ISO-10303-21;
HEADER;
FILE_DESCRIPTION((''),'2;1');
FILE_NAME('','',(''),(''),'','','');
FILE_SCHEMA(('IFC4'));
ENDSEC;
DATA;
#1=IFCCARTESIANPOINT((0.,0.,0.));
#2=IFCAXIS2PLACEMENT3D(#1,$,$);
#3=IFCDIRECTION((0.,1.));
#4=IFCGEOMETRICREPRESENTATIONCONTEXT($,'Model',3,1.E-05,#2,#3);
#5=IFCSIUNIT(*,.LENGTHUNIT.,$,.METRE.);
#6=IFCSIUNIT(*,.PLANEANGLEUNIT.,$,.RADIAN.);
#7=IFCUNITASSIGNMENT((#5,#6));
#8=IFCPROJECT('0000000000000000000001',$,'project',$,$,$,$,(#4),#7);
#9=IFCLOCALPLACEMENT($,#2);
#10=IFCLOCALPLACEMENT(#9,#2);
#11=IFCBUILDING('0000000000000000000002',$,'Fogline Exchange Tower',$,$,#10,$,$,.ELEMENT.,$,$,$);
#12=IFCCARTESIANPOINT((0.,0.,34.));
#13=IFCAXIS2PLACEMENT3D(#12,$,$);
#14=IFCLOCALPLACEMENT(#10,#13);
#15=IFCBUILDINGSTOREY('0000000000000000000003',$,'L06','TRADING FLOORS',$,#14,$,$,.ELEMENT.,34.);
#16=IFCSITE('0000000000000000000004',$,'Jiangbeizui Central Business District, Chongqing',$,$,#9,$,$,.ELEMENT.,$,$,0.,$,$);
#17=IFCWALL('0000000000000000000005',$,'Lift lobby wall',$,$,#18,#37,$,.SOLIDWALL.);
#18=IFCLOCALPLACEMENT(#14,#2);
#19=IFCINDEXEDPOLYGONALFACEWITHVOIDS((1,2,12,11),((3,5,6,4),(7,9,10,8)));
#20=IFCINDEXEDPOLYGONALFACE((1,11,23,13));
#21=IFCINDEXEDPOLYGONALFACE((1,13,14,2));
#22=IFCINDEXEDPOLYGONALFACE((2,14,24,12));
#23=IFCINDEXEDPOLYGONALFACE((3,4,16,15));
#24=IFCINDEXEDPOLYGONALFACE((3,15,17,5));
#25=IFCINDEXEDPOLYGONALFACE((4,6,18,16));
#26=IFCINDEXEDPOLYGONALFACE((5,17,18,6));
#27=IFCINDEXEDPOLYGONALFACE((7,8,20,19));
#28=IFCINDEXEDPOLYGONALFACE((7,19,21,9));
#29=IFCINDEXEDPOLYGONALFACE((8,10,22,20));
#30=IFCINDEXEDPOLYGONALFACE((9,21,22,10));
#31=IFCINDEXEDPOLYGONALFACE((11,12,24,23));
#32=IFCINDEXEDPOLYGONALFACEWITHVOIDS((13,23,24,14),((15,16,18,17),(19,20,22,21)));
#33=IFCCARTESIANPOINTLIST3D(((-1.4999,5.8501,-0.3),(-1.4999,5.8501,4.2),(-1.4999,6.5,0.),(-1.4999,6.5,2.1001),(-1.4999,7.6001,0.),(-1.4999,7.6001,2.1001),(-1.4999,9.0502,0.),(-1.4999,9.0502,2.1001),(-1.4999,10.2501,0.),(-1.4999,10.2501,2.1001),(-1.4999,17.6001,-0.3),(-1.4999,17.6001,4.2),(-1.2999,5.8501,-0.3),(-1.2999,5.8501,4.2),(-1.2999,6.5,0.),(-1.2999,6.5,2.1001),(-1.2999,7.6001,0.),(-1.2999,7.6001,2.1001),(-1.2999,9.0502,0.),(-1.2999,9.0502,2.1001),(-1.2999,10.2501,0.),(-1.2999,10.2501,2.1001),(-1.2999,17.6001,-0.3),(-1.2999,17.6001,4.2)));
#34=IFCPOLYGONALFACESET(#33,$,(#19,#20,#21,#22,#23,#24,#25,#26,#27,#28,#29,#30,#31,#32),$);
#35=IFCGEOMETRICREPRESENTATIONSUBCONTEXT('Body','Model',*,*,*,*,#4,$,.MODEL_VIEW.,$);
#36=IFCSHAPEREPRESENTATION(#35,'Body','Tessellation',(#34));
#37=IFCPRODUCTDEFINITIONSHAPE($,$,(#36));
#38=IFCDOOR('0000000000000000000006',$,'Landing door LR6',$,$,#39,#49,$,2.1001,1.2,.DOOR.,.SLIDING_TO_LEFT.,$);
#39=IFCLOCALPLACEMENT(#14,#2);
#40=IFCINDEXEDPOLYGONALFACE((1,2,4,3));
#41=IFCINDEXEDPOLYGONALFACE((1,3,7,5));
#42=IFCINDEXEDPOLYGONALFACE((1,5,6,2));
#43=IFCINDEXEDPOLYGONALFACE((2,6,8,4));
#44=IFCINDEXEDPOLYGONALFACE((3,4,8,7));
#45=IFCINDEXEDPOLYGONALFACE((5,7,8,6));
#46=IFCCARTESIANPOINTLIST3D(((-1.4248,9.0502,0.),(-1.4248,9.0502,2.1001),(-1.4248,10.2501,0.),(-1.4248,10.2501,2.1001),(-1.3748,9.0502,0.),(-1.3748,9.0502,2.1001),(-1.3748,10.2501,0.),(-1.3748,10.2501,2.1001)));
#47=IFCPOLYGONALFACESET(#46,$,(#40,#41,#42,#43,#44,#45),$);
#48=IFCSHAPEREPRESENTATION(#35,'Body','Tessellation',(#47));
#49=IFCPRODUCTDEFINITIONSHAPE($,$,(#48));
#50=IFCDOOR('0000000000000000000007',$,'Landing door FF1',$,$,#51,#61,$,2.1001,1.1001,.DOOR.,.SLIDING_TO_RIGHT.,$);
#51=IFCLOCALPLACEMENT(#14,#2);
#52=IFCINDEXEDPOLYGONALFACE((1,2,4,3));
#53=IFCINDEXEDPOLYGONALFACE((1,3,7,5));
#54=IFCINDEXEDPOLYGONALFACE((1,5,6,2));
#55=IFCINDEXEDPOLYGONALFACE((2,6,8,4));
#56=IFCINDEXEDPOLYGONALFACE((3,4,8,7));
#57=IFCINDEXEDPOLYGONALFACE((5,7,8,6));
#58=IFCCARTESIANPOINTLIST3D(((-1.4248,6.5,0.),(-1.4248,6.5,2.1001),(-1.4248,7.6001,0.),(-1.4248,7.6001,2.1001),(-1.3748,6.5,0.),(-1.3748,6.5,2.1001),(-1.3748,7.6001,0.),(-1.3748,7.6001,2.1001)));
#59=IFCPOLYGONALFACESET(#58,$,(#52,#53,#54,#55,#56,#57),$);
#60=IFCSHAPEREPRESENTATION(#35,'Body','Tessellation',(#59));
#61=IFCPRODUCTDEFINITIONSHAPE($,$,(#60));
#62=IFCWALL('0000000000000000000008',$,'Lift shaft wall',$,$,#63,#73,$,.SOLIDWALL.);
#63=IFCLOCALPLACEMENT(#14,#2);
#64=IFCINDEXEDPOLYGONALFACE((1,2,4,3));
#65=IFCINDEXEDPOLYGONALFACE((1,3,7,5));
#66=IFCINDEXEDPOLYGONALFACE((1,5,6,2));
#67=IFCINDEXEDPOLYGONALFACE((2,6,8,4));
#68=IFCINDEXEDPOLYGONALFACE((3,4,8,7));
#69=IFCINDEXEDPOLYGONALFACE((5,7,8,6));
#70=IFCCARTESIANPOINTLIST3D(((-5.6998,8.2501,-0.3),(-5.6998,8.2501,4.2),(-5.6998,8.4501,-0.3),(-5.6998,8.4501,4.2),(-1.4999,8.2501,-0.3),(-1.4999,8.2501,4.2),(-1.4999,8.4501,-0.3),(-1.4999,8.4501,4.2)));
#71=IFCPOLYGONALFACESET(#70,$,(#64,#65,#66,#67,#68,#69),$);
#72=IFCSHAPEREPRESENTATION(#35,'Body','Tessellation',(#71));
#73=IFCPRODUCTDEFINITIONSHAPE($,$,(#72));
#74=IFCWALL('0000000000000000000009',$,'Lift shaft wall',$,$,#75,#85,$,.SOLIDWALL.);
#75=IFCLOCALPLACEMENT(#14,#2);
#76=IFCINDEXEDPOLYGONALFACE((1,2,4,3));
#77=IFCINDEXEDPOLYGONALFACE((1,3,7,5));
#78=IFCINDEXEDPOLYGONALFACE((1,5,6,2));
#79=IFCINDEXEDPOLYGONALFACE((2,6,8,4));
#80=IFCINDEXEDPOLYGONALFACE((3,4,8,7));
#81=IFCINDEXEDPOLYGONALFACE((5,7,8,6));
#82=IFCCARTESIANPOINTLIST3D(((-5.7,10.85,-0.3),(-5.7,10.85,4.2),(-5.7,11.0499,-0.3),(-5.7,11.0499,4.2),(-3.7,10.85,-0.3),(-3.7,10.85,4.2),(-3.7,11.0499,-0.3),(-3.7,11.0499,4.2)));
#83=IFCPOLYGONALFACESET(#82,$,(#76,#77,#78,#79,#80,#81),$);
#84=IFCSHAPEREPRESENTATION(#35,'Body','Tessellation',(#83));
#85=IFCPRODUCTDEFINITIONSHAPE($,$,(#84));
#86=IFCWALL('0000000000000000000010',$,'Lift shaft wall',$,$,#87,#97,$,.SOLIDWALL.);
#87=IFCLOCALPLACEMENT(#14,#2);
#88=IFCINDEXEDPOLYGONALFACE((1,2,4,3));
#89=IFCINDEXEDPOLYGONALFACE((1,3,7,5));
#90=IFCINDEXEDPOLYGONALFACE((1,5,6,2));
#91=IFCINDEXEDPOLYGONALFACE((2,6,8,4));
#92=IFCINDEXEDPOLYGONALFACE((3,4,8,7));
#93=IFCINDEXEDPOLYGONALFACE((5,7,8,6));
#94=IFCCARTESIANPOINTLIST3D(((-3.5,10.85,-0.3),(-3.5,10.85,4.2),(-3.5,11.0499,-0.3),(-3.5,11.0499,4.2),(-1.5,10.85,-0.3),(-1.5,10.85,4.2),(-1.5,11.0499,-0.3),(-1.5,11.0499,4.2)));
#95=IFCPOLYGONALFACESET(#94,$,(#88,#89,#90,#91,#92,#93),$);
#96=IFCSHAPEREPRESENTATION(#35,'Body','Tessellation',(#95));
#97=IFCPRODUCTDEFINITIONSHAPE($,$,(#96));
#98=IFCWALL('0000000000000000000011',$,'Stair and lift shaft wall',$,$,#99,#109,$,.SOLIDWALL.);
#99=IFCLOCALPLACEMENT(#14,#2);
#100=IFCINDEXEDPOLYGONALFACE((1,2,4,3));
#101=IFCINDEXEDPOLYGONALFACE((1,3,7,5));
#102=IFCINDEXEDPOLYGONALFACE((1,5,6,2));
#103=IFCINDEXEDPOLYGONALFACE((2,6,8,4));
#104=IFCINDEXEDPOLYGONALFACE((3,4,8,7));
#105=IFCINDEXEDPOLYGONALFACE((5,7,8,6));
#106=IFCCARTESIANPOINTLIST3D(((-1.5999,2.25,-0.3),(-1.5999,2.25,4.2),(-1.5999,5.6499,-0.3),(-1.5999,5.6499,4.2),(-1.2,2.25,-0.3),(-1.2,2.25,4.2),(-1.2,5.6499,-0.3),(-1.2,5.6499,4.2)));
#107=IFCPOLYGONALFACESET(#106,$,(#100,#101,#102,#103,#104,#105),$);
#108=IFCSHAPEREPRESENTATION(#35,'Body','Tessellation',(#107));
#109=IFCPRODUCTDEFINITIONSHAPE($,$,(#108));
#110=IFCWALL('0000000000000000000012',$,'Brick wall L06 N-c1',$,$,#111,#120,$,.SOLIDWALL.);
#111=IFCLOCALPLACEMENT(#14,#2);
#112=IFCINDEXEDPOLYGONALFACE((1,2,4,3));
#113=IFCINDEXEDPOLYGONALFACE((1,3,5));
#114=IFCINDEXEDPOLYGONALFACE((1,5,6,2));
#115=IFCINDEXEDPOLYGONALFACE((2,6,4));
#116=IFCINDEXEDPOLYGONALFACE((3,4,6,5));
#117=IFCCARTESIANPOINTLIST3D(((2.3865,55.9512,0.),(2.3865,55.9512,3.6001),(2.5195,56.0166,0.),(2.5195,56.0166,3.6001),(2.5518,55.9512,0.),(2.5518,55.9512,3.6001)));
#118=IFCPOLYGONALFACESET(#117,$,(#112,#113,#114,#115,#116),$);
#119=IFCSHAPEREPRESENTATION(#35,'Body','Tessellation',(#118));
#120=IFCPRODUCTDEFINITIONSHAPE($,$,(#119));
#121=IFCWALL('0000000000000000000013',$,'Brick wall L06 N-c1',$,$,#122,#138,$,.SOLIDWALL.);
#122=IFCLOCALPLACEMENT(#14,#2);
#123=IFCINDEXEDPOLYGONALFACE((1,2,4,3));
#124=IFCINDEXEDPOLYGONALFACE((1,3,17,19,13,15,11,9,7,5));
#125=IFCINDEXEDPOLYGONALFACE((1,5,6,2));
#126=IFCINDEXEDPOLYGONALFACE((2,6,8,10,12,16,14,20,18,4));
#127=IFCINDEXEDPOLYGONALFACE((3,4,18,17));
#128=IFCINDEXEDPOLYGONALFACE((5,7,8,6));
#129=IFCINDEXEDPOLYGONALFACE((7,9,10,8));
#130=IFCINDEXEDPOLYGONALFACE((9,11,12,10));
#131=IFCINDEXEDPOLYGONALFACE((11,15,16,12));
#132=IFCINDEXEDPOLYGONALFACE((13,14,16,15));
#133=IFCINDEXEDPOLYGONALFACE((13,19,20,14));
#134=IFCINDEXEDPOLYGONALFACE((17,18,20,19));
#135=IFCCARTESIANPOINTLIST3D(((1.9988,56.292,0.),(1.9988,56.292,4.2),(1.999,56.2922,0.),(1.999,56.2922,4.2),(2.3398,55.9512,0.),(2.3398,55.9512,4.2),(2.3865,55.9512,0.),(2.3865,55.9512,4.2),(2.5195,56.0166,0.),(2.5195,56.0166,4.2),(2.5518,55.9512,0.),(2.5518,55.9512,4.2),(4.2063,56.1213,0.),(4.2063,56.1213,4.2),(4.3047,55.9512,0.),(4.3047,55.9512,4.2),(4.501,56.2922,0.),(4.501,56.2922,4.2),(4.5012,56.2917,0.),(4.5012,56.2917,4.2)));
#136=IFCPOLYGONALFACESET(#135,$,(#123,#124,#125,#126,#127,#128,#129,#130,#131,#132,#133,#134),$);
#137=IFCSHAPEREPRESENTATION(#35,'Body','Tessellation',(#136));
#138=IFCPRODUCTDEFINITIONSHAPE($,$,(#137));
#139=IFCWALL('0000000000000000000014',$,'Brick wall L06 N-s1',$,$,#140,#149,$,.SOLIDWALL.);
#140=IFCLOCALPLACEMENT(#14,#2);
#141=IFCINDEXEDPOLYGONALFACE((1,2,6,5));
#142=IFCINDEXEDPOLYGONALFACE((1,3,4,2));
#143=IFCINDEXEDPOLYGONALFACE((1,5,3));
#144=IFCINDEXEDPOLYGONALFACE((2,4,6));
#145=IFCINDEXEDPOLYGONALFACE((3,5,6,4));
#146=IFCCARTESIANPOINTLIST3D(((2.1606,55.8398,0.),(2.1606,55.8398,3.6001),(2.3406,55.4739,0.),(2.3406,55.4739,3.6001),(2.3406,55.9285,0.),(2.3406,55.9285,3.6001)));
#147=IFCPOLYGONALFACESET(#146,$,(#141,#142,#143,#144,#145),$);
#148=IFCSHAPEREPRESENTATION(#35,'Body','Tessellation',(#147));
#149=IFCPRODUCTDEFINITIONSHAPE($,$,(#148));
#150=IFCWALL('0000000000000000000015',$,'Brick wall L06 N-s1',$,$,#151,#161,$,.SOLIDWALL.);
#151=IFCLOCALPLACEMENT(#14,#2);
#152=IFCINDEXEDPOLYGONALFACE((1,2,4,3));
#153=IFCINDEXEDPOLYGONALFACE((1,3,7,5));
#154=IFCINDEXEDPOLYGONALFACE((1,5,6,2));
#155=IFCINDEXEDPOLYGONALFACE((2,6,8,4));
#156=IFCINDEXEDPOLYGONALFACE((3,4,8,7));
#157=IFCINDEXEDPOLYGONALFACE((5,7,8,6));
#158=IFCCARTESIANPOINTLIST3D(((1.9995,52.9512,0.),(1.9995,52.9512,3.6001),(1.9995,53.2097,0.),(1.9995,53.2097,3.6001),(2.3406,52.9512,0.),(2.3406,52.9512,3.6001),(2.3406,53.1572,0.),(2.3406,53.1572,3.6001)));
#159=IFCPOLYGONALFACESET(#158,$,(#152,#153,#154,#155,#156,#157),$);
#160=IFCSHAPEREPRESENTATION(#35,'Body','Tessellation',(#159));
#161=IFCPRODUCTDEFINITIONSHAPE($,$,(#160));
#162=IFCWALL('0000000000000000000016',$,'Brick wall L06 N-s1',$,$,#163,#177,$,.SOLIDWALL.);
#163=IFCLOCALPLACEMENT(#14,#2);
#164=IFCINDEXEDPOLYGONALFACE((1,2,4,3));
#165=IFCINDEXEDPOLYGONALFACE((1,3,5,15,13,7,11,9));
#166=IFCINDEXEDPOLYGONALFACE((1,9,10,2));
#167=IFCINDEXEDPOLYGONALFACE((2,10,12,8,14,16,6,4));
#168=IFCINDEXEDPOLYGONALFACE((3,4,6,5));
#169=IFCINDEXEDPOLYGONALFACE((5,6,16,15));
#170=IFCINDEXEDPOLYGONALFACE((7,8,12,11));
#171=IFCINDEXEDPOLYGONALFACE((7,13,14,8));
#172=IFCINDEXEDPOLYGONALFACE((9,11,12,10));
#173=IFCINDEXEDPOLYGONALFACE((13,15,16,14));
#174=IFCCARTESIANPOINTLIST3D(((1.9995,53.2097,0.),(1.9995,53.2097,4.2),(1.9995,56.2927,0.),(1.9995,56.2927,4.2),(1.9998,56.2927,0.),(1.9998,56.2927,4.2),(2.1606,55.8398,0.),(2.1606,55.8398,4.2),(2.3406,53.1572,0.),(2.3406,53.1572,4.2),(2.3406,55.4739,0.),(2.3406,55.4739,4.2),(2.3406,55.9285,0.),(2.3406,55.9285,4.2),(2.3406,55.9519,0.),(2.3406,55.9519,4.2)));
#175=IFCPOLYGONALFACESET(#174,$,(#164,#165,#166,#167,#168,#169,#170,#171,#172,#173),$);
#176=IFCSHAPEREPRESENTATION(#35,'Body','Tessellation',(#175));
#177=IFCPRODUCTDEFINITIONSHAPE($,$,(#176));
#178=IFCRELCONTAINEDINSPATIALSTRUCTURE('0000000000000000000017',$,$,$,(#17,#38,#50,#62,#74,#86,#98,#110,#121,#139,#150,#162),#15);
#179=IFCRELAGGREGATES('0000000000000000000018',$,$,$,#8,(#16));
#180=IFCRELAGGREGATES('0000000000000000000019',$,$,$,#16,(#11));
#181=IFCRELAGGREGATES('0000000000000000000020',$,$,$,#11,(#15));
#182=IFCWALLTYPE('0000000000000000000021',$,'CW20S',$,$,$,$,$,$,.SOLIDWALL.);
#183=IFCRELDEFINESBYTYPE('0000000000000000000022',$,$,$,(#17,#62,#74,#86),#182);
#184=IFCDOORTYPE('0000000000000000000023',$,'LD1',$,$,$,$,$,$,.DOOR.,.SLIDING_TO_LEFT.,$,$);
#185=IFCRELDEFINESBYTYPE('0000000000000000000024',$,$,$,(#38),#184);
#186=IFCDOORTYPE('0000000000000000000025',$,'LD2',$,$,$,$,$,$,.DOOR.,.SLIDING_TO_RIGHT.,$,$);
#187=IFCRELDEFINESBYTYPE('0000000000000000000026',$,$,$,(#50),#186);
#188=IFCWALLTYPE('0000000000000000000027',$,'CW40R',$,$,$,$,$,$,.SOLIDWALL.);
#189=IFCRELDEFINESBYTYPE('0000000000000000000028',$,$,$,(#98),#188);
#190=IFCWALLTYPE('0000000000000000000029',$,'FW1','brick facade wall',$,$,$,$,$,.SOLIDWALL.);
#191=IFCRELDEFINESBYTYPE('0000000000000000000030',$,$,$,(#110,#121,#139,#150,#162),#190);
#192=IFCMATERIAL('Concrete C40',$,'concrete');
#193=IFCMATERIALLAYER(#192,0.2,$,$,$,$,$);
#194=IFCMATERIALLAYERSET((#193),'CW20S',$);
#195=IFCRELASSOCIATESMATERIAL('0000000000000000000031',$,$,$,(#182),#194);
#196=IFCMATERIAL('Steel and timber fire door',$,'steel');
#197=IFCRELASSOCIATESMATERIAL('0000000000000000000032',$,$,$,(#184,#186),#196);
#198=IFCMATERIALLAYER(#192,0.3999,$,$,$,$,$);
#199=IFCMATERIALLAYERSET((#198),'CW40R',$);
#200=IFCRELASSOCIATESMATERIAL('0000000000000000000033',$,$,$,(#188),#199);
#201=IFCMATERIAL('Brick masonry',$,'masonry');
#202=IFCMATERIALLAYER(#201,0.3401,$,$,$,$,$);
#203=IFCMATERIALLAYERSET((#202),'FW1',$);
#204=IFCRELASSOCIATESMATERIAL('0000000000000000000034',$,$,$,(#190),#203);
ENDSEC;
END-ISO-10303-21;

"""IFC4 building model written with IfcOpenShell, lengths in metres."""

from ifc_helpers import new_model, si_unit, direction, frame, frame_2d, origin, place, context, subcontext, project, spatial, polyline, rectangle, outline, extrude, material, layer, layer_set, type_object, element, fill, save


model = new_model("IFC4")

# Units and contexts
model_context = context("Model", 3, precision=1e-05, world=origin(), true_north=direction((0.0, 1.0)))
body_context = subcontext(model_context, "Body", "Model", "MODEL_VIEW")
ifc_project = project(units=[si_unit("LENGTHUNIT", "METRE"), si_unit("PLANEANGLEUNIT", "RADIAN")], contexts=[model_context])

# Site, building, storey
site_placement = place(None, origin())
site = spatial("IfcSite", under=ifc_project, at=site_placement, Name="Jiangbeizui Central Business District, Chongqing", CompositionType="ELEMENT", RefElevation=0.0)
building_placement = place(site_placement, origin())
building = spatial("IfcBuilding", under=site, at=building_placement, Name="Fogline Exchange Tower", CompositionType="ELEMENT")
storey_placement = place(building_placement, frame((0.0, 0.0, 34.0)))
storey = spatial("IfcBuildingStorey", under=building, at=storey_placement, Name="L06", Description="TRADING FLOORS", CompositionType="ELEMENT", Elevation=34.0)

# Shared definitions
ifc_material_1 = material(Name="Concrete C40", Category="concrete")
ifc_material_2 = material(Name="Steel and timber fire door", Category="steel")

# Shared definitions
ifc_layer_1 = layer(ifc_material_1, 0.2)
ifc_layer_set_1 = layer_set([ifc_layer_1], Name="CW20S")
wall_type_1 = type_object("IfcWallType", Name="CW20S", PredefinedType="SOLIDWALL", material=ifc_layer_set_1)
door_type_1 = type_object("IfcDoorType", Name="LD1", OperationType="SLIDING_TO_LEFT", PredefinedType="DOOR", material=ifc_material_2)

# Wall, openings, doors
wall_1_placement = place(storey_placement, frame((-1.3999, 5.8501, -0.3), z_axis=(0.0, 0.0, 1.0), x_axis=(0.0, 1.0, 0.0)))
wall_1 = element("IfcWall", 1, at=wall_1_placement, inside=storey, type_object=wall_type_1, Name="Lift lobby wall", PredefinedType="SOLIDWALL", context=body_context, shape_type="SweptSolid", body=[
    extrude(rectangle(XDim=11.75, YDim=0.2, at=frame_2d((5.875, 0.0))), origin(), (0.0, 0.0, 1.0), 4.5),
])
opening_1_placement = place(wall_1_placement, frame((3.2, 0.0, 0.3)))
opening_1 = element("IfcOpeningElement", 2, at=opening_1_placement, cuts=wall_1, PredefinedType="OPENING", context=body_context, shape_type="SweptSolid", body=[
    extrude(rectangle(XDim=1.2, YDim=2.1001, at=frame_2d((0.6001, 1.05))), frame((0.0, 0.1099, 0.0), z_axis=(0.0, -1.0, 0.0), x_axis=(1.0, 0.0, 0.0)), (0.0, 0.0, 1.0), 0.22),
])
opening_2_placement = place(wall_1_placement, frame((0.6499, 0.0, 0.3)))
opening_2 = element("IfcOpeningElement", 3, at=opening_2_placement, cuts=wall_1, PredefinedType="OPENING", context=body_context, shape_type="SweptSolid", body=[
    extrude(rectangle(XDim=1.1001, YDim=2.1001, at=frame_2d((0.55, 1.05))), frame((0.0, 0.1099, 0.0), z_axis=(0.0, -1.0, 0.0), x_axis=(1.0, 0.0, 0.0)), (0.0, 0.0, 1.0), 0.22),
])
door_1_placement = place(opening_1_placement, origin())
door_1 = element("IfcDoor", 4, at=door_1_placement, inside=storey, type_object=door_type_1, Name="Landing door LR6", OperationType="SLIDING_TO_LEFT", OverallHeight=2.1001, OverallWidth=1.2, PredefinedType="DOOR", context=body_context, shape_type="SweptSolid", body=[
    extrude(rectangle(XDim=1.2, YDim=2.1001, at=frame_2d((0.6001, 1.05))), frame((0.0, 0.0249, 0.0), z_axis=(0.0, -1.0, 0.0), x_axis=(1.0, 0.0, 0.0)), (0.0, 0.0, 1.0), 0.05),
])
fill(opening_1, door_1)
door_type_2 = type_object("IfcDoorType", Name="LD2", OperationType="SLIDING_TO_RIGHT", PredefinedType="DOOR", material=ifc_material_2)
door_2_placement = place(opening_2_placement, origin())
door_2 = element("IfcDoor", 5, at=door_2_placement, inside=storey, type_object=door_type_2, Name="Landing door FF1", OperationType="SLIDING_TO_RIGHT", OverallHeight=2.1001, OverallWidth=1.1001, PredefinedType="DOOR", context=body_context, shape_type="SweptSolid", body=[
    extrude(rectangle(XDim=1.1001, YDim=2.1001, at=frame_2d((0.55, 1.05))), frame((0.0, 0.0249, 0.0), z_axis=(0.0, -1.0, 0.0), x_axis=(1.0, 0.0, 0.0)), (0.0, 0.0, 1.0), 0.05),
])
fill(opening_2, door_2)

# Walls
wall_2_placement = place(storey_placement, frame((-5.7, 8.3501, -0.3), z_axis=(0.0, 0.0, 1.0), x_axis=(1.0, 0.0, 0.0)))
element("IfcWall", 6, at=wall_2_placement, inside=storey, type_object=wall_type_1, Name="Lift shaft wall", PredefinedType="SOLIDWALL", context=body_context, shape_type="SweptSolid", body=[
    extrude(rectangle(XDim=4.2, YDim=0.2, at=frame_2d((2.1001, 0.0))), origin(), (0.0, 0.0, 1.0), 4.5),
])
for number, where, z_axis, x_axis, name in (
    (7, (-5.7, 10.95, -0.3), (0.0, 0.0, 1.0), (1.0, 0.0, 0.0), "Lift shaft wall"),
    (8, (-3.5, 10.95, -0.3), (0.0, 0.0, 1.0), (1.0, 0.0, 0.0), "Lift shaft wall"),
):
    element("IfcWall", number, at=place(storey_placement, frame(where, z_axis=z_axis, x_axis=x_axis)), inside=storey, type_object=wall_type_1, Name=name, PredefinedType="SOLIDWALL", context=body_context, shape_type="SweptSolid", body=[
        extrude(rectangle(XDim=2.0, YDim=0.2, at=frame_2d((1.0, 0.0))), origin(), (0.0, 0.0, 1.0), 4.5),
    ])
ifc_layer_2 = layer(ifc_material_1, 0.3999)
ifc_layer_set_2 = layer_set([ifc_layer_2], Name="CW40R")
wall_type_2 = type_object("IfcWallType", Name="CW40R", PredefinedType="SOLIDWALL", material=ifc_layer_set_2)
wall_3_placement = place(storey_placement, frame((-1.3999, 2.25, -0.3), z_axis=(0.0, 0.0, 1.0), x_axis=(0.0, 1.0, 0.0)))
element("IfcWall", 9, at=wall_3_placement, inside=storey, type_object=wall_type_2, Name="Stair and lift shaft wall", PredefinedType="SOLIDWALL", context=body_context, shape_type="SweptSolid", body=[
    extrude(rectangle(XDim=3.3999, YDim=0.3999, at=frame_2d((1.7, 0.0))), origin(), (0.0, 0.0, 1.0), 4.5),
])
ifc_material_3 = material(Name="Brick masonry", Category="masonry")
ifc_layer_3 = layer(ifc_material_3, 0.3401)
ifc_layer_set_3 = layer_set([ifc_layer_3], Name="FW1")
wall_type_3 = type_object("IfcWallType", Name="FW1", Description="brick facade wall", PredefinedType="SOLIDWALL", material=ifc_layer_set_3)
wall_4_placement = place(storey_placement, origin())
element("IfcWall", 10, at=wall_4_placement, inside=storey, type_object=wall_type_3, Name="Brick wall L06 N-c1", PredefinedType="SOLIDWALL", context=body_context, shape_type="SweptSolid", body=[
    extrude(outline(polyline([(2.3865, 55.9512), (2.5195, 56.0166), (2.5518, 55.9512), (2.3865, 55.9512)])), origin(), (0.0, 0.0, 1.0), 3.6001),
])
wall_5_placement = place(storey_placement, origin())
element("IfcWall", 11, at=wall_5_placement, inside=storey, type_object=wall_type_3, Name="Brick wall L06 N-c1", PredefinedType="SOLIDWALL", context=body_context, shape_type="SweptSolid", body=[
    extrude(outline(polyline([(4.501, 56.2922), (4.5012, 56.2917), (4.2063, 56.1213), (4.3047, 55.9512), (2.5518, 55.9512), (2.5195, 56.0166), (2.3865, 55.9512), (2.3398, 55.9512), (1.9988, 56.292), (1.999, 56.2922), (4.501, 56.2922)])), origin(), (0.0, 0.0, 1.0), 4.2),
])
wall_6_placement = place(storey_placement, origin())
element("IfcWall", 12, at=wall_6_placement, inside=storey, type_object=wall_type_3, Name="Brick wall L06 N-s1", PredefinedType="SOLIDWALL", context=body_context, shape_type="SweptSolid", body=[
    extrude(outline(polyline([(2.3406, 55.4739), (2.1606, 55.8398), (2.3406, 55.9285), (2.3406, 55.4739)])), origin(), (0.0, 0.0, 1.0), 3.6001),
])
wall_7_placement = place(storey_placement, origin())
element("IfcWall", 13, at=wall_7_placement, inside=storey, type_object=wall_type_3, Name="Brick wall L06 N-s1", PredefinedType="SOLIDWALL", context=body_context, shape_type="SweptSolid", body=[
    extrude(outline(polyline([(1.9995, 53.2097), (2.3406, 53.1572), (2.3406, 52.9512), (1.9995, 52.9512), (1.9995, 53.2097)])), origin(), (0.0, 0.0, 1.0), 3.6001),
])
wall_8_placement = place(storey_placement, origin())
element("IfcWall", 14, at=wall_8_placement, inside=storey, type_object=wall_type_3, Name="Brick wall L06 N-s1", PredefinedType="SOLIDWALL", context=body_context, shape_type="SweptSolid", body=[
    extrude(outline(polyline([(1.9995, 56.2927), (1.9998, 56.2927), (2.3406, 55.9519), (2.3406, 55.9285), (2.1606, 55.8398), (2.3406, 55.4739), (2.3406, 53.1572), (1.9995, 53.2097), (1.9995, 56.2927)])), origin(), (0.0, 0.0, 1.0), 4.2),
])

save(model, "model.ifc")
